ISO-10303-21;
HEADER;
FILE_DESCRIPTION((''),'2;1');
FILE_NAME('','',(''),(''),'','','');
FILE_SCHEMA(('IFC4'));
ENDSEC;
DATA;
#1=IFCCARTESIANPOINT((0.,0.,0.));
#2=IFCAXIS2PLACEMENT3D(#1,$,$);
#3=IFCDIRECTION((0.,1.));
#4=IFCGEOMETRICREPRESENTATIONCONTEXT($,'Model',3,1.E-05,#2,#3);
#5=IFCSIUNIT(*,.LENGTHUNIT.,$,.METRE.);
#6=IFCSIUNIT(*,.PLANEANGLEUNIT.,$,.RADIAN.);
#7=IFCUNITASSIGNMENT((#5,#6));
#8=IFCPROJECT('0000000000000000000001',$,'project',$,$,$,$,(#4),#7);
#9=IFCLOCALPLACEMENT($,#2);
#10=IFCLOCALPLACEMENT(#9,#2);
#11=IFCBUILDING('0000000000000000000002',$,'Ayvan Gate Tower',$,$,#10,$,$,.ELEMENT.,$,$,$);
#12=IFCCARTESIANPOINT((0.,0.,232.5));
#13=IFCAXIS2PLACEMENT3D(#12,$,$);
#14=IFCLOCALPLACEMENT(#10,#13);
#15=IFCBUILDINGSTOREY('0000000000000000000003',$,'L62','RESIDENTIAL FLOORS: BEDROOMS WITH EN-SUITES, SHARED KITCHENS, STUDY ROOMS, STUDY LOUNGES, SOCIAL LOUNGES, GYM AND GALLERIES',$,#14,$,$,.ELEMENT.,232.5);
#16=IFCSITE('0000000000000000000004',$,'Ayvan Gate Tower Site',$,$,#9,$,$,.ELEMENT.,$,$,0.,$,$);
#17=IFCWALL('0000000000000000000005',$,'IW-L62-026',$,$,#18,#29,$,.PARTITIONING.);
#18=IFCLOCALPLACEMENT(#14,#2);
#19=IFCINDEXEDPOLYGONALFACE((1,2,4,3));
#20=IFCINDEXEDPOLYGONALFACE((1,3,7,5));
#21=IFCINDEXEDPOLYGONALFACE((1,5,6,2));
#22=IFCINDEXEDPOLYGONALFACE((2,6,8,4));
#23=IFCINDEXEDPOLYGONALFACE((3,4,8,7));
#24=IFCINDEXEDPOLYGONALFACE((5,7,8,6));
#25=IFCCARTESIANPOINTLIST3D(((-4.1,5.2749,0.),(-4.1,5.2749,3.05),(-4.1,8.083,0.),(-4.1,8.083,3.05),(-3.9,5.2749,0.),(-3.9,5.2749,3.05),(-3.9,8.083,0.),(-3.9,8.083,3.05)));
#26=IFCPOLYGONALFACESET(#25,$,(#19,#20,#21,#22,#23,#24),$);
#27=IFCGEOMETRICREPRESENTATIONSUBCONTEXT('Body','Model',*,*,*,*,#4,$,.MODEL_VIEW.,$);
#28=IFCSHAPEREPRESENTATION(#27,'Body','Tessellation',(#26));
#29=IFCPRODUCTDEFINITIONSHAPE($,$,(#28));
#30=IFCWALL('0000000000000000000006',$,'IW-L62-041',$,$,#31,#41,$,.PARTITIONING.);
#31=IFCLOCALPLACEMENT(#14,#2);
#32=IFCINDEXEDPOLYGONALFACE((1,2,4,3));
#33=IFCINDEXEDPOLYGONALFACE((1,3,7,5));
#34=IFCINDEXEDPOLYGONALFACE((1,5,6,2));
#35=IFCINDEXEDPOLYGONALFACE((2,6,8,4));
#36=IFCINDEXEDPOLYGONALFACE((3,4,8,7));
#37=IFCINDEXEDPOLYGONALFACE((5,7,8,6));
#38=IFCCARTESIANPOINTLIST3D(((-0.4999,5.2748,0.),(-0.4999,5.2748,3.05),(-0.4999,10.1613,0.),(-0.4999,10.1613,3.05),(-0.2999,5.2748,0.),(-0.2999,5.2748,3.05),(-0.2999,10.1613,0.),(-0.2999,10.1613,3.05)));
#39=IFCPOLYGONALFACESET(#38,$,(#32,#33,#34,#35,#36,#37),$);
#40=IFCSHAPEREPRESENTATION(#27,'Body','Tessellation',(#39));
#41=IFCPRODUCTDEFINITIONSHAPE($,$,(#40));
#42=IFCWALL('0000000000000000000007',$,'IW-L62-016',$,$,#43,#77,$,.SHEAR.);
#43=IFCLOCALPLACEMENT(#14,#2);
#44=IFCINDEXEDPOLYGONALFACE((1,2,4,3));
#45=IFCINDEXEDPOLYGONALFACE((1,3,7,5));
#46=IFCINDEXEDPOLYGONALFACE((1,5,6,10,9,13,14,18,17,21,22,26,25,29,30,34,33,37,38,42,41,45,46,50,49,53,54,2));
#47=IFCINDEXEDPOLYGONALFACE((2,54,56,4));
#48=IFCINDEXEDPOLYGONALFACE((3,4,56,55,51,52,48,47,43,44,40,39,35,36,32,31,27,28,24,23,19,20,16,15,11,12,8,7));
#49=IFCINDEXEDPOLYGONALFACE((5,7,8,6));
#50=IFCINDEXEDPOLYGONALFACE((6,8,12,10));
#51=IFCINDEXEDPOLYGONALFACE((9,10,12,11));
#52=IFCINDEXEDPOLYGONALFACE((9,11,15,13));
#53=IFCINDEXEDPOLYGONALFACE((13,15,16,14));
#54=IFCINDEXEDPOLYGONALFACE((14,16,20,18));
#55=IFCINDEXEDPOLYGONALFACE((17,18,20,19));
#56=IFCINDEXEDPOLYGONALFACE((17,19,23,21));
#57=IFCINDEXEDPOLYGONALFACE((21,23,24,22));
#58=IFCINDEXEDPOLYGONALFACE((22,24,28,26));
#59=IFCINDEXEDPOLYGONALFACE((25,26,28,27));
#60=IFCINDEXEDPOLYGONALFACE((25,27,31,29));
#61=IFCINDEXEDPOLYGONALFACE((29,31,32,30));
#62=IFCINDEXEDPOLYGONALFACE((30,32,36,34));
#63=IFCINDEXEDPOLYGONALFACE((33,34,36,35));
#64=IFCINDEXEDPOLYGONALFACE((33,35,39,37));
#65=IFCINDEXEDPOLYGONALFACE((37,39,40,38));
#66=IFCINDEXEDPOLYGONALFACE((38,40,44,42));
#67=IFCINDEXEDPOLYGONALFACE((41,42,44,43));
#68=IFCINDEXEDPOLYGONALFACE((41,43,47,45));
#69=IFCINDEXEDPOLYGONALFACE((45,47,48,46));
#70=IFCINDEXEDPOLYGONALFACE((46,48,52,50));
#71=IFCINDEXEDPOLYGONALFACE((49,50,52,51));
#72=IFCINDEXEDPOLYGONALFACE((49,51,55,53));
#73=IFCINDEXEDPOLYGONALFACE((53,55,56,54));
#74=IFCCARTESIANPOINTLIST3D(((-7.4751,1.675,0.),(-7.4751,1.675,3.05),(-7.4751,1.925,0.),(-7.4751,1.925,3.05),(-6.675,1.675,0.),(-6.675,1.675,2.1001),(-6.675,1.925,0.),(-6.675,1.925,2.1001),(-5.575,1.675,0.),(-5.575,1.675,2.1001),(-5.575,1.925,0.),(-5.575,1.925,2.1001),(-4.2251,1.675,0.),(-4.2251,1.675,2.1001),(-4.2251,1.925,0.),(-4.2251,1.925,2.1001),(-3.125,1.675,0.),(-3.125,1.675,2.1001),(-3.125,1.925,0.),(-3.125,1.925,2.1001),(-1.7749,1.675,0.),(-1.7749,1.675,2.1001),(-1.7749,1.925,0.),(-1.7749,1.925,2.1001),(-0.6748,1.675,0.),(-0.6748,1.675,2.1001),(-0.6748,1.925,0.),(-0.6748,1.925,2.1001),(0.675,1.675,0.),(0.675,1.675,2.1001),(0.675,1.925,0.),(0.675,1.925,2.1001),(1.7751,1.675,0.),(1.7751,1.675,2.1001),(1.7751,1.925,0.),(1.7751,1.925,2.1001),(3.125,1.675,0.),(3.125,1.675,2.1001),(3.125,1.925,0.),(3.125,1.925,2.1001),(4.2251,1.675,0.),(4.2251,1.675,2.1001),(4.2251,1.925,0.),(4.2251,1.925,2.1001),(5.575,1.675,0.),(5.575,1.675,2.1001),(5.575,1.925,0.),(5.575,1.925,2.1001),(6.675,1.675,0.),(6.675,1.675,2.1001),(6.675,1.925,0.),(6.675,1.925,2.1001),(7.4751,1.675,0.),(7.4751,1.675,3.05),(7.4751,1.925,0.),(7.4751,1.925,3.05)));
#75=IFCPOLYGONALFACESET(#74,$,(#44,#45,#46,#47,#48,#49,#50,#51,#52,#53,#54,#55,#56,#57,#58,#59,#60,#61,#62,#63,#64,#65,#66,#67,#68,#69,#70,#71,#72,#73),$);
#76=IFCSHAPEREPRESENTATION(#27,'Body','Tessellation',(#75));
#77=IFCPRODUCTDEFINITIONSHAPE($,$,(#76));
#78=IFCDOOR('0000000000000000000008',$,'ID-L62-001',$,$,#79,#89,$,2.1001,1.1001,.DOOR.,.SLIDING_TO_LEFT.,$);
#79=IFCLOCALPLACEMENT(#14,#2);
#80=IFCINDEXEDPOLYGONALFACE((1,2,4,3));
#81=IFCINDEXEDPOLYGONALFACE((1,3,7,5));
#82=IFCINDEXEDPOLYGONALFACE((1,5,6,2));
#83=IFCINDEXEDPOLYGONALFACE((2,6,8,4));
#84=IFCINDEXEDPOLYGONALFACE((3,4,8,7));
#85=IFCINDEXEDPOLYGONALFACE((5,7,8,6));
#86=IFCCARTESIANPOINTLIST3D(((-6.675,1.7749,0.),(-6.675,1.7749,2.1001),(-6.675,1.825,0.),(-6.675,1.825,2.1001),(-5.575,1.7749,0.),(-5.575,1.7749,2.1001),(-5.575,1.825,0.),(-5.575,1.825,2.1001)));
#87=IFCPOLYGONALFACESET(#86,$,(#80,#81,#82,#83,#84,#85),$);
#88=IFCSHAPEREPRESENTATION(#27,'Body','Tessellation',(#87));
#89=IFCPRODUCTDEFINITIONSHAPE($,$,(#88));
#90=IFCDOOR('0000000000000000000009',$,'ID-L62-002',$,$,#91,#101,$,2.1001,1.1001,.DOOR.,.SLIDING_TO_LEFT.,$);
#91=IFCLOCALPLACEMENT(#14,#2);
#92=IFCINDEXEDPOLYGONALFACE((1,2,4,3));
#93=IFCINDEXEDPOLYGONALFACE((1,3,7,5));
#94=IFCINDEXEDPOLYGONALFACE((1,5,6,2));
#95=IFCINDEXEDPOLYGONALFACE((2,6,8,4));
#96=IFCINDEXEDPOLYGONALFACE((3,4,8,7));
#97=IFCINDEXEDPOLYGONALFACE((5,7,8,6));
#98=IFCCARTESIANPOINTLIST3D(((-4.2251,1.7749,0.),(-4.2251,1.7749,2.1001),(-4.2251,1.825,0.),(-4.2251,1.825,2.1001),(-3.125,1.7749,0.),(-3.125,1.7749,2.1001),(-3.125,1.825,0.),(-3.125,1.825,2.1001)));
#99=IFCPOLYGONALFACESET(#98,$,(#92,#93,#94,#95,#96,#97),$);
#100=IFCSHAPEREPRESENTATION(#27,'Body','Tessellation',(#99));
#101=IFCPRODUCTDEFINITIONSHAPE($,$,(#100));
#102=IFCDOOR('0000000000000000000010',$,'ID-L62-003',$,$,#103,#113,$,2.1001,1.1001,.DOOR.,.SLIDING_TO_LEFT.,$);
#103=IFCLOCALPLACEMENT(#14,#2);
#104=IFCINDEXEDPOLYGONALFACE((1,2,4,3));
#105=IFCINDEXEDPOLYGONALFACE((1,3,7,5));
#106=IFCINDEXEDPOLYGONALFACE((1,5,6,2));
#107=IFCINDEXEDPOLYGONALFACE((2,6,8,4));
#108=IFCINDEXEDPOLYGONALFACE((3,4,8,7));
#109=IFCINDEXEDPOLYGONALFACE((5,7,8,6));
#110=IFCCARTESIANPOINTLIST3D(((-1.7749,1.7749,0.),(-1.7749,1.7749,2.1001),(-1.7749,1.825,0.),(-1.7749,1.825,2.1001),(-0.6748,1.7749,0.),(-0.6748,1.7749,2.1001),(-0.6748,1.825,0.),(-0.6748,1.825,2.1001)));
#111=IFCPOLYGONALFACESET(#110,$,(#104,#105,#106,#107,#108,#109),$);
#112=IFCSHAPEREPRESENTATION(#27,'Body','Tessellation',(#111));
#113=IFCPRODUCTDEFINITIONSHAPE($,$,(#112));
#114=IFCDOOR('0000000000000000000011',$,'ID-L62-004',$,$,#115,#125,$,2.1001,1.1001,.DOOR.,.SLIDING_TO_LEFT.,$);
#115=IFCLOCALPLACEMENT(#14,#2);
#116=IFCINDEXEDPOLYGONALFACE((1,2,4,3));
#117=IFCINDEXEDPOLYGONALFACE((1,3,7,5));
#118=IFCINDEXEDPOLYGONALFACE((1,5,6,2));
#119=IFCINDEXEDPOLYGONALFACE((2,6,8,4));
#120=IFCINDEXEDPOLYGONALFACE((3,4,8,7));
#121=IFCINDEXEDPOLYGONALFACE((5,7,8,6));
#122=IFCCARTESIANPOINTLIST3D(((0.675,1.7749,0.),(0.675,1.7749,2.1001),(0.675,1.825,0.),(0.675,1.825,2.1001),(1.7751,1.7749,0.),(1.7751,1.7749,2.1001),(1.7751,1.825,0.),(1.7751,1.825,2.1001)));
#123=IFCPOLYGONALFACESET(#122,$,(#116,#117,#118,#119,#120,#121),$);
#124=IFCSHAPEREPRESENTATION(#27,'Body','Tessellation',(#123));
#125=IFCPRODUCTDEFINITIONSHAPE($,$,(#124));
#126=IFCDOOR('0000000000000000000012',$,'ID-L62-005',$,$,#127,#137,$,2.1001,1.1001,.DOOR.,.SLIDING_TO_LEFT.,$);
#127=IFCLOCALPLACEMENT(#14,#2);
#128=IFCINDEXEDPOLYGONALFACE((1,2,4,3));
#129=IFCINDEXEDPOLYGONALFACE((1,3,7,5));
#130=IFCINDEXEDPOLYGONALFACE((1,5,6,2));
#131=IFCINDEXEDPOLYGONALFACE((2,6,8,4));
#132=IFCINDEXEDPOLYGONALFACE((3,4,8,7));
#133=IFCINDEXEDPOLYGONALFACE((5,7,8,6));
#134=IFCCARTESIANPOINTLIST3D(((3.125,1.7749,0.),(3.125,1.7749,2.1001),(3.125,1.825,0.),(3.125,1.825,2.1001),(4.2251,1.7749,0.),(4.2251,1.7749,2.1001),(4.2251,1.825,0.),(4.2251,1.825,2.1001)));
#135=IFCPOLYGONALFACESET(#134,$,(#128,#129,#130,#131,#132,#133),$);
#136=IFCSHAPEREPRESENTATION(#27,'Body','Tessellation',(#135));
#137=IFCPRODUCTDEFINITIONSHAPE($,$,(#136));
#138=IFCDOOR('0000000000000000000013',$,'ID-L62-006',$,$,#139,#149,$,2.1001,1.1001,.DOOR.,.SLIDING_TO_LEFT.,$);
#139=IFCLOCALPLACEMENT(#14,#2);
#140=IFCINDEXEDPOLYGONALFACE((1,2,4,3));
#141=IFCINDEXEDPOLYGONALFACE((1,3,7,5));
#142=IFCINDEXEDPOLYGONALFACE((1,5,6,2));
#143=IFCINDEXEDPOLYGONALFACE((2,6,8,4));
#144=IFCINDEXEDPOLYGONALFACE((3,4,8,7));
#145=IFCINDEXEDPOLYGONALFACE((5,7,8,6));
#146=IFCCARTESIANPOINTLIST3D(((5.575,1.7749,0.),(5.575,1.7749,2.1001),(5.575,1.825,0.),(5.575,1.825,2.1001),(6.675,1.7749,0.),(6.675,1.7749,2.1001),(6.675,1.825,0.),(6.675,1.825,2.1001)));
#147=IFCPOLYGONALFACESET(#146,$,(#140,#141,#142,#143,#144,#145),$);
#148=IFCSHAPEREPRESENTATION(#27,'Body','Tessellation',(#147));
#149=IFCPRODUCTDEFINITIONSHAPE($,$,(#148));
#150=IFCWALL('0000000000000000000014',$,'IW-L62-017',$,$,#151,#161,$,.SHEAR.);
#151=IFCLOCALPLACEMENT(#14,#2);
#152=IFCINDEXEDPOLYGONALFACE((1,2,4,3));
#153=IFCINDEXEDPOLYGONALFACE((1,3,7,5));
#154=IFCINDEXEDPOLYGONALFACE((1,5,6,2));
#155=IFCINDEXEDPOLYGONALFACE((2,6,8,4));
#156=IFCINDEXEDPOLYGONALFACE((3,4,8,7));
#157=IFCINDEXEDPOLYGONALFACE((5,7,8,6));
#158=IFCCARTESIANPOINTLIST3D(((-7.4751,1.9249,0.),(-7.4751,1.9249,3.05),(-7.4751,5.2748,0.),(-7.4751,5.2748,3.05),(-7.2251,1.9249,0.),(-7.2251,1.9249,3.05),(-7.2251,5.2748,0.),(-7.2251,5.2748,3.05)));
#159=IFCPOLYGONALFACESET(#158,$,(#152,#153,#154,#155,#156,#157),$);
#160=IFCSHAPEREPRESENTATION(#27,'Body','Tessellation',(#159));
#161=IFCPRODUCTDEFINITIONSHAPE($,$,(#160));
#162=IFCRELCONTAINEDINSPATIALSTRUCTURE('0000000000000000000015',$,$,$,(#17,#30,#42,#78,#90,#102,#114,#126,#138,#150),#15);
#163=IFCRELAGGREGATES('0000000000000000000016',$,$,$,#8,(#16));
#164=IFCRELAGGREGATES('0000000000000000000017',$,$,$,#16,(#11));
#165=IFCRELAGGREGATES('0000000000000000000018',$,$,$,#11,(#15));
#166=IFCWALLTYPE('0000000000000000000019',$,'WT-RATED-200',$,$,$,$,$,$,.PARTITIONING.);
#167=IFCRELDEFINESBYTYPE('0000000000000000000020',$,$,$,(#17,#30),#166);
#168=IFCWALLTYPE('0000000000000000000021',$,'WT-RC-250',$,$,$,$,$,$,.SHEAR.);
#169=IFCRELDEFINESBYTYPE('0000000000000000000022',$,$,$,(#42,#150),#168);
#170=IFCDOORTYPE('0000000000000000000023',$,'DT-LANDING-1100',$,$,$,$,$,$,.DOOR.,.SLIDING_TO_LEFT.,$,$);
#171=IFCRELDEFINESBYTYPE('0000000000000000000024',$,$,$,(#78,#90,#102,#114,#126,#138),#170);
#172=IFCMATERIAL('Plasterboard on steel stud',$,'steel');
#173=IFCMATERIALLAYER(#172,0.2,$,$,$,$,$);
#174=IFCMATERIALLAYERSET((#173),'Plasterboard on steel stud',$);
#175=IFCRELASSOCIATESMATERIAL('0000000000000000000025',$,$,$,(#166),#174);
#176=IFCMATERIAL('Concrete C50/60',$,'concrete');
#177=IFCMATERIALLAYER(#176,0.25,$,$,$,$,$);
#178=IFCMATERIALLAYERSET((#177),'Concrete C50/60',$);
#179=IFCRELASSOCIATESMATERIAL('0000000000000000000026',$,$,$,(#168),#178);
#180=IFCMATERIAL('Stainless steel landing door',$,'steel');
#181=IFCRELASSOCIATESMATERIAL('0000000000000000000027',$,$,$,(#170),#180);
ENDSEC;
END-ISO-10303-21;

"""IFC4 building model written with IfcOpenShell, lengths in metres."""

from ifc_helpers import new_model, si_unit, direction, frame, frame_2d, origin, place, context, subcontext, project, spatial, rectangle, extrude, material, layer, layer_set, type_object, element, fill, save


model = new_model("IFC4")

# Units and contexts
model_context = context("Model", 3, precision=1e-05, world=origin(), true_north=direction((0.0, 1.0)))
body_context = subcontext(model_context, "Body", "Model", "MODEL_VIEW")
ifc_project = project(units=[si_unit("LENGTHUNIT", "METRE"), si_unit("PLANEANGLEUNIT", "RADIAN")], contexts=[model_context])

# Site, building, storey
site_placement = place(None, origin())
site = spatial("IfcSite", under=ifc_project, at=site_placement, Name="Ayvan Gate Tower Site", CompositionType="ELEMENT", RefElevation=0.0)
building_placement = place(site_placement, origin())
building = spatial("IfcBuilding", under=site, at=building_placement, Name="Ayvan Gate Tower", CompositionType="ELEMENT")
storey_placement = place(building_placement, frame((0.0, 0.0, 232.5)))
storey = spatial("IfcBuildingStorey", under=building, at=storey_placement, Name="L62", Description="RESIDENTIAL FLOORS: BEDROOMS WITH EN-SUITES, SHARED KITCHENS, STUDY ROOMS, STUDY LOUNGES, SOCIAL LOUNGES, GYM AND GALLERIES", CompositionType="ELEMENT", Elevation=232.5)

# Shared definitions
ifc_material_1 = material(Name="Plasterboard on steel stud", Category="steel")

# Walls
ifc_layer_1 = layer(ifc_material_1, 0.2)
ifc_layer_set_1 = layer_set([ifc_layer_1], Name="Plasterboard on steel stud")
wall_type_1 = type_object("IfcWallType", Name="WT-RATED-200", PredefinedType="PARTITIONING", material=ifc_layer_set_1)
wall_1_placement = place(storey_placement, frame((-4.0, 8.083, 0.0), z_axis=(0.0, 0.0, 1.0), x_axis=(0.0, -1.0, 0.0)))
element("IfcWall", 1, at=wall_1_placement, inside=storey, type_object=wall_type_1, Name="IW-L62-026", PredefinedType="PARTITIONING", context=body_context, shape_type="SweptSolid", body=[
    extrude(rectangle(XDim=2.8081, YDim=0.2, at=frame_2d((1.4041, 0.0))), origin(), (0.0, 0.0, 1.0), 3.05),
])
wall_2_placement = place(storey_placement, frame((-0.3999, 10.1614, 0.0), z_axis=(0.0, 0.0, 1.0), x_axis=(0.0, -1.0, 0.0)))
element("IfcWall", 2, at=wall_2_placement, inside=storey, type_object=wall_type_1, Name="IW-L62-041", PredefinedType="PARTITIONING", context=body_context, shape_type="SweptSolid", body=[
    extrude(rectangle(XDim=4.8865, YDim=0.2, at=frame_2d((2.4434, 0.0))), origin(), (0.0, 0.0, 1.0), 3.05),
])

# Wall, openings, doors
ifc_material_2 = material(Name="Concrete C50/60", Category="concrete")
ifc_layer_2 = layer(ifc_material_2, 0.25)
ifc_layer_set_2 = layer_set([ifc_layer_2], Name="Concrete C50/60")
wall_type_2 = type_object("IfcWallType", Name="WT-RC-250", PredefinedType="SHEAR", material=ifc_layer_set_2)
wall_3_placement = place(storey_placement, frame((-7.4751, 1.8, 0.0), z_axis=(0.0, 0.0, 1.0), x_axis=(1.0, 0.0, 0.0)))
wall_3 = element("IfcWall", 3, at=wall_3_placement, inside=storey, type_object=wall_type_2, Name="IW-L62-016", PredefinedType="SHEAR", context=body_context, shape_type="SweptSolid", body=[
    extrude(rectangle(XDim=14.9502, YDim=0.25, at=frame_2d((7.4751, 0.0))), origin(), (0.0, 0.0, 1.0), 3.05),
])
opening_1_placement = place(wall_3_placement, frame((0.8, 0.0, 0.0)))
opening_1 = element("IfcOpeningElement", 4, at=opening_1_placement, cuts=wall_3, PredefinedType="OPENING", context=body_context, shape_type="SweptSolid", body=[
    extrude(rectangle(XDim=1.1001, YDim=2.1001, at=frame_2d((0.55, 1.05))), frame((0.0, 0.135, 0.0), z_axis=(0.0, -1.0, 0.0), x_axis=(1.0, 0.0, 0.0)), (0.0, 0.0, 1.0), 0.27),
])
opening_2_placement = place(wall_3_placement, frame((3.25, 0.0, 0.0)))
opening_2 = element("IfcOpeningElement", 5, at=opening_2_placement, cuts=wall_3, PredefinedType="OPENING", context=body_context, shape_type="SweptSolid", body=[
    extrude(rectangle(XDim=1.1001, YDim=2.1001, at=frame_2d((0.55, 1.05))), frame((0.0, 0.135, 0.0), z_axis=(0.0, -1.0, 0.0), x_axis=(1.0, 0.0, 0.0)), (0.0, 0.0, 1.0), 0.27),
])
opening_3_placement = place(wall_3_placement, frame((5.7002, 0.0, 0.0)))
opening_3 = element("IfcOpeningElement", 6, at=opening_3_placement, cuts=wall_3, PredefinedType="OPENING", context=body_context, shape_type="SweptSolid", body=[
    extrude(rectangle(XDim=1.1001, YDim=2.1001, at=frame_2d((0.55, 1.05))), frame((0.0, 0.135, 0.0), z_axis=(0.0, -1.0, 0.0), x_axis=(1.0, 0.0, 0.0)), (0.0, 0.0, 1.0), 0.27),
])
opening_4_placement = place(wall_3_placement, frame((8.1501, 0.0, 0.0)))
opening_4 = element("IfcOpeningElement", 7, at=opening_4_placement, cuts=wall_3, PredefinedType="OPENING", context=body_context, shape_type="SweptSolid", body=[
    extrude(rectangle(XDim=1.1001, YDim=2.1001, at=frame_2d((0.55, 1.05))), frame((0.0, 0.135, 0.0), z_axis=(0.0, -1.0, 0.0), x_axis=(1.0, 0.0, 0.0)), (0.0, 0.0, 1.0), 0.27),
])
opening_5_placement = place(wall_3_placement, frame((10.6001, 0.0, 0.0)))
opening_5 = element("IfcOpeningElement", 8, at=opening_5_placement, cuts=wall_3, PredefinedType="OPENING", context=body_context, shape_type="SweptSolid", body=[
    extrude(rectangle(XDim=1.1001, YDim=2.1001, at=frame_2d((0.55, 1.05))), frame((0.0, 0.135, 0.0), z_axis=(0.0, -1.0, 0.0), x_axis=(1.0, 0.0, 0.0)), (0.0, 0.0, 1.0), 0.27),
])
opening_6_placement = place(wall_3_placement, frame((13.05, 0.0, 0.0)))
opening_6 = element("IfcOpeningElement", 9, at=opening_6_placement, cuts=wall_3, PredefinedType="OPENING", context=body_context, shape_type="SweptSolid", body=[
    extrude(rectangle(XDim=1.1001, YDim=2.1001, at=frame_2d((0.55, 1.05))), frame((0.0, 0.135, 0.0), z_axis=(0.0, -1.0, 0.0), x_axis=(1.0, 0.0, 0.0)), (0.0, 0.0, 1.0), 0.27),
])
ifc_material_3 = material(Name="Stainless steel landing door", Category="steel")
door_type_1 = type_object("IfcDoorType", Name="DT-LANDING-1100", OperationType="SLIDING_TO_LEFT", PredefinedType="DOOR", material=ifc_material_3)
door_1_placement = place(opening_1_placement, origin())
door_1 = element("IfcDoor", 10, at=door_1_placement, inside=storey, type_object=door_type_1, Name="ID-L62-001", OperationType="SLIDING_TO_LEFT", OverallHeight=2.1001, OverallWidth=1.1001, PredefinedType="DOOR", context=body_context, shape_type="SweptSolid", body=[
    extrude(rectangle(XDim=1.1001, YDim=2.1001, at=frame_2d((0.55, 1.05))), frame((0.0, 0.0249, 0.0), z_axis=(0.0, -1.0, 0.0), x_axis=(1.0, 0.0, 0.0)), (0.0, 0.0, 1.0), 0.05),
])
fill(opening_1, door_1)
door_2_placement = place(opening_2_placement, origin())
door_2 = element("IfcDoor", 11, at=door_2_placement, inside=storey, type_object=door_type_1, Name="ID-L62-002", OperationType="SLIDING_TO_LEFT", OverallHeight=2.1001, OverallWidth=1.1001, PredefinedType="DOOR", context=body_context, shape_type="SweptSolid", body=[
    extrude(rectangle(XDim=1.1001, YDim=2.1001, at=frame_2d((0.55, 1.05))), frame((0.0, 0.0249, 0.0), z_axis=(0.0, -1.0, 0.0), x_axis=(1.0, 0.0, 0.0)), (0.0, 0.0, 1.0), 0.05),
])
fill(opening_2, door_2)
door_3_placement = place(opening_3_placement, origin())
door_3 = element("IfcDoor", 12, at=door_3_placement, inside=storey, type_object=door_type_1, Name="ID-L62-003", OperationType="SLIDING_TO_LEFT", OverallHeight=2.1001, OverallWidth=1.1001, PredefinedType="DOOR", context=body_context, shape_type="SweptSolid", body=[
    extrude(rectangle(XDim=1.1001, YDim=2.1001, at=frame_2d((0.55, 1.05))), frame((0.0, 0.0249, 0.0), z_axis=(0.0, -1.0, 0.0), x_axis=(1.0, 0.0, 0.0)), (0.0, 0.0, 1.0), 0.05),
])
fill(opening_3, door_3)
door_4_placement = place(opening_4_placement, origin())
door_4 = element("IfcDoor", 13, at=door_4_placement, inside=storey, type_object=door_type_1, Name="ID-L62-004", OperationType="SLIDING_TO_LEFT", OverallHeight=2.1001, OverallWidth=1.1001, PredefinedType="DOOR", context=body_context, shape_type="SweptSolid", body=[
    extrude(rectangle(XDim=1.1001, YDim=2.1001, at=frame_2d((0.55, 1.05))), frame((0.0, 0.0249, 0.0), z_axis=(0.0, -1.0, 0.0), x_axis=(1.0, 0.0, 0.0)), (0.0, 0.0, 1.0), 0.05),
])
fill(opening_4, door_4)
door_5_placement = place(opening_5_placement, origin())
door_5 = element("IfcDoor", 14, at=door_5_placement, inside=storey, type_object=door_type_1, Name="ID-L62-005", OperationType="SLIDING_TO_LEFT", OverallHeight=2.1001, OverallWidth=1.1001, PredefinedType="DOOR", context=body_context, shape_type="SweptSolid", body=[
    extrude(rectangle(XDim=1.1001, YDim=2.1001, at=frame_2d((0.55, 1.05))), frame((0.0, 0.0249, 0.0), z_axis=(0.0, -1.0, 0.0), x_axis=(1.0, 0.0, 0.0)), (0.0, 0.0, 1.0), 0.05),
])
fill(opening_5, door_5)
door_6_placement = place(opening_6_placement, origin())
door_6 = element("IfcDoor", 15, at=door_6_placement, inside=storey, type_object=door_type_1, Name="ID-L62-006", OperationType="SLIDING_TO_LEFT", OverallHeight=2.1001, OverallWidth=1.1001, PredefinedType="DOOR", context=body_context, shape_type="SweptSolid", body=[
    extrude(rectangle(XDim=1.1001, YDim=2.1001, at=frame_2d((0.55, 1.05))), frame((0.0, 0.0249, 0.0), z_axis=(0.0, -1.0, 0.0), x_axis=(1.0, 0.0, 0.0)), (0.0, 0.0, 1.0), 0.05),
])
fill(opening_6, door_6)

# Wall
wall_4_placement = place(storey_placement, frame((-7.3501, 1.925, 0.0), z_axis=(0.0, 0.0, 1.0), x_axis=(0.0, 1.0, 0.0)))
element("IfcWall", 16, at=wall_4_placement, inside=storey, type_object=wall_type_2, Name="IW-L62-017", PredefinedType="SHEAR", context=body_context, shape_type="SweptSolid", body=[
    extrude(rectangle(XDim=3.3499, YDim=0.25, at=frame_2d((1.6748, 0.0))), origin(), (0.0, 0.0, 1.0), 3.05),
])

save(model, "model.ifc")
